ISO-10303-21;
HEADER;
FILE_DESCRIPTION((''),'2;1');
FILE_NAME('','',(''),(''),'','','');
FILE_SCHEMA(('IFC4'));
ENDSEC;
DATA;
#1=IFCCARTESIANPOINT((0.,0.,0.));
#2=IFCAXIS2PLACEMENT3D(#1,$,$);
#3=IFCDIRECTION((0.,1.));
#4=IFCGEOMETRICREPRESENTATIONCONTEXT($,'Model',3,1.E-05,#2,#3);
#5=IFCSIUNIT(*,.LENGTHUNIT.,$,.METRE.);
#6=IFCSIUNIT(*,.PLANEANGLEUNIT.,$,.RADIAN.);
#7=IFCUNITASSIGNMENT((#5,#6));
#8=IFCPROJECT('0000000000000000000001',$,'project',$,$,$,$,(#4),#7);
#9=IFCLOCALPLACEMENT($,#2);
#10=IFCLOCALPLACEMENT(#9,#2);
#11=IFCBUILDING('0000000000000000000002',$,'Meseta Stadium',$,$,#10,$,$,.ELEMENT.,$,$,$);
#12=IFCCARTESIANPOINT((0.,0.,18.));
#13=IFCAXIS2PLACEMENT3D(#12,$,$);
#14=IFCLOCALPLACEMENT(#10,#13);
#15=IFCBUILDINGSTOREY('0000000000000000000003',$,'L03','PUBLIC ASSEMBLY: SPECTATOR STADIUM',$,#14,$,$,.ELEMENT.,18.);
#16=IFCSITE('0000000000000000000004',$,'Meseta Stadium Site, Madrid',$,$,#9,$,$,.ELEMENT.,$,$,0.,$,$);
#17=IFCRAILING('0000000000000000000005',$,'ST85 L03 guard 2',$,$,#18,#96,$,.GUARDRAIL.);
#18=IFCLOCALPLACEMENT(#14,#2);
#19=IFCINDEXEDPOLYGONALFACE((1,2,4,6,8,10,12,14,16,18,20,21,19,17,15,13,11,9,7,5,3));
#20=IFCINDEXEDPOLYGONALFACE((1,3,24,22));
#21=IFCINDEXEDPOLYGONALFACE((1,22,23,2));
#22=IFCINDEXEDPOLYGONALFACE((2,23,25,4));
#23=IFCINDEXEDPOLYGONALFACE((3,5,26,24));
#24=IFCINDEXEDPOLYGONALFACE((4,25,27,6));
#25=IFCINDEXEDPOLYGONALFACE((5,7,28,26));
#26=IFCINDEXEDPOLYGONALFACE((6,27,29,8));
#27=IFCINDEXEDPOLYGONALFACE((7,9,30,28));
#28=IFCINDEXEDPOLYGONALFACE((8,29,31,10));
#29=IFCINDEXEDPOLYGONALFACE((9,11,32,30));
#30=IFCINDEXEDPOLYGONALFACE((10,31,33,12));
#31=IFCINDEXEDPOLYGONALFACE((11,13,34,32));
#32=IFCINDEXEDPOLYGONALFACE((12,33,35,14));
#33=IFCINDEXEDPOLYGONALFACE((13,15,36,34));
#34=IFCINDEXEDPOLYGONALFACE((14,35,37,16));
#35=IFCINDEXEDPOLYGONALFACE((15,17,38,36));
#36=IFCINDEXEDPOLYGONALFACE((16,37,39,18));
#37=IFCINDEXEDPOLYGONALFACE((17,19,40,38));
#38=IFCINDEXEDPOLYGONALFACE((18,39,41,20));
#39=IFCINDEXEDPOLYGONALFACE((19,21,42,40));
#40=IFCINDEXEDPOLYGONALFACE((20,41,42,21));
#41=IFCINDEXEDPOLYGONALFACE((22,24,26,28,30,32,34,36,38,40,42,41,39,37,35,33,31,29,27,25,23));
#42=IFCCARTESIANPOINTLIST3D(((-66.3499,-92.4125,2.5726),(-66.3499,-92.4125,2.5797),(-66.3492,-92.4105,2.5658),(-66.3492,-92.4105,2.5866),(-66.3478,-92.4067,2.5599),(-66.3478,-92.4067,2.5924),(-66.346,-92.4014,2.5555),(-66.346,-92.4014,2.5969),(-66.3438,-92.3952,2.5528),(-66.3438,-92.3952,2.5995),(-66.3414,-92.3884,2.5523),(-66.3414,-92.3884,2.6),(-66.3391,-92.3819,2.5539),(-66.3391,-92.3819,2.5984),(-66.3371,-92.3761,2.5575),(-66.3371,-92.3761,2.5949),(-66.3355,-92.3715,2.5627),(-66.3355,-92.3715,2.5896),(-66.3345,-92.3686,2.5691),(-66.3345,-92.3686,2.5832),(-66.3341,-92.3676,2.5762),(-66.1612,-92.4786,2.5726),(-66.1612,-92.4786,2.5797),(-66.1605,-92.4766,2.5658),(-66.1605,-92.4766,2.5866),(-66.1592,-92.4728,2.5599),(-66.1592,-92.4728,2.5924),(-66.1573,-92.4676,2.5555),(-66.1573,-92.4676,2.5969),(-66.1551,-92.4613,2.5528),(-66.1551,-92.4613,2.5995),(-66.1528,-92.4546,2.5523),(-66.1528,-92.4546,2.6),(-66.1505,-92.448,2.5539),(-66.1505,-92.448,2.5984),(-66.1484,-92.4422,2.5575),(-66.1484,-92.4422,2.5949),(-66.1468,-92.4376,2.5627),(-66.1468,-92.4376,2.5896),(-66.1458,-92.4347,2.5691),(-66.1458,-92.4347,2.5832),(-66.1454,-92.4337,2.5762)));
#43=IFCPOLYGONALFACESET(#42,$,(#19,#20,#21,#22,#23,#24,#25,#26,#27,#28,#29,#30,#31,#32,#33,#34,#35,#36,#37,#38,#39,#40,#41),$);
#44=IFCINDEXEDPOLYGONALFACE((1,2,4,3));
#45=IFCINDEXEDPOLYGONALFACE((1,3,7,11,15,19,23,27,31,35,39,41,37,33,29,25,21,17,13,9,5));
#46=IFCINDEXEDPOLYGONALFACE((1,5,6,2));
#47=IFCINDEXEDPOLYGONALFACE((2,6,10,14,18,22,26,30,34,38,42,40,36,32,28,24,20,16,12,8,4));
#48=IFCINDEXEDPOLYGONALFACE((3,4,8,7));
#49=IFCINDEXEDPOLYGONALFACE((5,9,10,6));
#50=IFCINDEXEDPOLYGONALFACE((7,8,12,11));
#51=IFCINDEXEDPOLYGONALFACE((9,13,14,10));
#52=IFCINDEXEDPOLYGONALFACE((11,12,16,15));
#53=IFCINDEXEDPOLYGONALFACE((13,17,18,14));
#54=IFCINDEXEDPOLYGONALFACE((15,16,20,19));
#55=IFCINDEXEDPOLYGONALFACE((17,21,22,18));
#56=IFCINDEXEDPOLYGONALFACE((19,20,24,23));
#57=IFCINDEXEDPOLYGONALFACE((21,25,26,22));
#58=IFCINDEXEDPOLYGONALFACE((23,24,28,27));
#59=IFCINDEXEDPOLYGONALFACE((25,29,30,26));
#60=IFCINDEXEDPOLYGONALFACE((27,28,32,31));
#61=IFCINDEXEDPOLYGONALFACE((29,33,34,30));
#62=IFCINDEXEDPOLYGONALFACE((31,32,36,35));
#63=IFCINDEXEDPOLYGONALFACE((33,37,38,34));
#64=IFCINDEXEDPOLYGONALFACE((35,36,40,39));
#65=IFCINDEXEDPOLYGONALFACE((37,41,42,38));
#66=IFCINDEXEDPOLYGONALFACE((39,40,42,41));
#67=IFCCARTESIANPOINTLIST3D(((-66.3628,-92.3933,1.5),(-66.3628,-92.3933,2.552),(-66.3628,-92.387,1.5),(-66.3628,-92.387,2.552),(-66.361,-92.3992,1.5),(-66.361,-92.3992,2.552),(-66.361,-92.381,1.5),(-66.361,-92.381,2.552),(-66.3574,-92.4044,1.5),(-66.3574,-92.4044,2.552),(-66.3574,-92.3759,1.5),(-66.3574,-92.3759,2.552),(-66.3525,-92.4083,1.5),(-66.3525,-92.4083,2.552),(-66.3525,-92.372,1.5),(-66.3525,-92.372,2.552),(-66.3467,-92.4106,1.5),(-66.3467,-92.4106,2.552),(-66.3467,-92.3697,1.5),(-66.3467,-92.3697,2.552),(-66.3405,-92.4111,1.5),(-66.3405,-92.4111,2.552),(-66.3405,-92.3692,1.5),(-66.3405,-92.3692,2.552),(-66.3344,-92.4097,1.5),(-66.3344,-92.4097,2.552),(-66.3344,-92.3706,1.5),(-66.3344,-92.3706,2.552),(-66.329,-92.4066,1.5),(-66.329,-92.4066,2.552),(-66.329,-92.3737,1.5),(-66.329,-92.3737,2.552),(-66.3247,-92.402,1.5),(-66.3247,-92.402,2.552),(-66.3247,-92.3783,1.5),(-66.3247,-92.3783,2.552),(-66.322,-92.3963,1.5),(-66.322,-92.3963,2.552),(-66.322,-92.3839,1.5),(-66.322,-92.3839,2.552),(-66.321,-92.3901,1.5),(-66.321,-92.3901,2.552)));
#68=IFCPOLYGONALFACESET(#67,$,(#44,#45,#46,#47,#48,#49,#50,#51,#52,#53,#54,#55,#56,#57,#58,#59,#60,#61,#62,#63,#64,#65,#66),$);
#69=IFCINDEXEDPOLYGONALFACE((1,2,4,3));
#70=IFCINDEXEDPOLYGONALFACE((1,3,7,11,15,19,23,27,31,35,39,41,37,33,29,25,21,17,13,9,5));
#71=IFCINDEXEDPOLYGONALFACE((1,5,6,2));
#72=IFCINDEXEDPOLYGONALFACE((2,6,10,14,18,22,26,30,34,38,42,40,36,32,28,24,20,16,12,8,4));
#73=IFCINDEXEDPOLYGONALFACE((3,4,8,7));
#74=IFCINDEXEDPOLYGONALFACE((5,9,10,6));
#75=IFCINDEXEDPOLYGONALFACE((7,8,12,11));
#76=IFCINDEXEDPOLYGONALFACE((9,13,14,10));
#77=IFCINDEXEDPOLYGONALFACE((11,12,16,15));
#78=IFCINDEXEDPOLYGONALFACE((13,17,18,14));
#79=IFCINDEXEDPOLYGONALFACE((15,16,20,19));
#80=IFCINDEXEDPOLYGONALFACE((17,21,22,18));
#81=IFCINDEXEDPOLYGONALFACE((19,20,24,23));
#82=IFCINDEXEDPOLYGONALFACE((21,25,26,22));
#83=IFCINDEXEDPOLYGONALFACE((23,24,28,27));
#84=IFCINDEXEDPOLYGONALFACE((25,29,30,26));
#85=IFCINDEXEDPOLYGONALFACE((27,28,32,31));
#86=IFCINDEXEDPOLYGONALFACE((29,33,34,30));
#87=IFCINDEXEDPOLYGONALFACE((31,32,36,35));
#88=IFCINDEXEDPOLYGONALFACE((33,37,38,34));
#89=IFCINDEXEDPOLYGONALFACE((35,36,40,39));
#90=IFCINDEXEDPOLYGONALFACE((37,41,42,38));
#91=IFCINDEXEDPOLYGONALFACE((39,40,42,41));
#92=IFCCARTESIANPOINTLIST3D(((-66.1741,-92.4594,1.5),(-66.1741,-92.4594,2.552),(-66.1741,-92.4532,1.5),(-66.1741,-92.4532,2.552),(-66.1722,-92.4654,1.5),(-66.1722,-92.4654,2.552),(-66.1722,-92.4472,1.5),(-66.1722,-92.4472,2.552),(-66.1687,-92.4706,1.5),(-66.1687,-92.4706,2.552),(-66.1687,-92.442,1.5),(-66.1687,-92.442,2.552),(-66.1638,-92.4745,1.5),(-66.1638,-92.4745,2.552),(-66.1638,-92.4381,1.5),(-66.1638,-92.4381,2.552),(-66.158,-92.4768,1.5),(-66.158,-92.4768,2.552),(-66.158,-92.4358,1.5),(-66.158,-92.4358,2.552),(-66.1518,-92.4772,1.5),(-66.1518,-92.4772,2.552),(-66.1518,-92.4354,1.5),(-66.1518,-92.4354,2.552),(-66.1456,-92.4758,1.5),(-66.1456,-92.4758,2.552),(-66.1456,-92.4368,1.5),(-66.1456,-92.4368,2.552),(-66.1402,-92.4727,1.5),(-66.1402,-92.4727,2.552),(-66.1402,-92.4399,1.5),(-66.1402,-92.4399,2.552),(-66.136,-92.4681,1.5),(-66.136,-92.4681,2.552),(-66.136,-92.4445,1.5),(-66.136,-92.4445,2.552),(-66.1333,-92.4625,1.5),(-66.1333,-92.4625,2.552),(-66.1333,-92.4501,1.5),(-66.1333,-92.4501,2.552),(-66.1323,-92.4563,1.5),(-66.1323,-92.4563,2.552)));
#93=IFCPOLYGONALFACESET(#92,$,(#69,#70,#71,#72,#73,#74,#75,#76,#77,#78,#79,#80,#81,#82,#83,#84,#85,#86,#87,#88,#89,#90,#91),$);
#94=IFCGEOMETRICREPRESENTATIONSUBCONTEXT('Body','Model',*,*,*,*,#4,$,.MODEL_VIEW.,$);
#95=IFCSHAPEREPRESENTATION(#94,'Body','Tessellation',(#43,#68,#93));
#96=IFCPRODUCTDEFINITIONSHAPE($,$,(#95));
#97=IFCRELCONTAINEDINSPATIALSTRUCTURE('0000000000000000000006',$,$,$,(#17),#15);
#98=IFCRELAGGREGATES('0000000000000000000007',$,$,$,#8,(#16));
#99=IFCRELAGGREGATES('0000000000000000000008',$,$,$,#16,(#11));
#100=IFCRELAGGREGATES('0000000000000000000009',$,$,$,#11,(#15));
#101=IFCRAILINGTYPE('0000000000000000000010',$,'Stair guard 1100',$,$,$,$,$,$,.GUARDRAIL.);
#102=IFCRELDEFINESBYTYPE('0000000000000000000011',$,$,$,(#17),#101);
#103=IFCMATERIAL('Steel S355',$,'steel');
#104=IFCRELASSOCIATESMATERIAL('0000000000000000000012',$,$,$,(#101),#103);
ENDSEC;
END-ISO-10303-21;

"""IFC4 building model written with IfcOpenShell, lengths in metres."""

from ifc_helpers import new_model, si_unit, direction, frame, origin, origin_2d, place, context, subcontext, project, spatial, circle, extrude, material, type_object, element, save


model = new_model("IFC4")

# Units and contexts
model_context = context("Model", 3, precision=1e-05, world=origin(), true_north=direction((0.0, 1.0)))
body_context = subcontext(model_context, "Body", "Model", "MODEL_VIEW")
ifc_project = project(units=[si_unit("LENGTHUNIT", "METRE"), si_unit("PLANEANGLEUNIT", "RADIAN")], contexts=[model_context])

# Site, building, storey
site_placement = place(None, origin())
site = spatial("IfcSite", under=ifc_project, at=site_placement, Name="Meseta Stadium Site, Madrid", CompositionType="ELEMENT", RefElevation=0.0)
building_placement = place(site_placement, origin())
building = spatial("IfcBuilding", under=site, at=building_placement, Name="Meseta Stadium", CompositionType="ELEMENT")
storey_placement = place(building_placement, frame((0.0, 0.0, 18.0)))
storey = spatial("IfcBuildingStorey", under=building, at=storey_placement, Name="L03", Description="PUBLIC ASSEMBLY: SPECTATOR STADIUM", CompositionType="ELEMENT", Elevation=18.0)

# Railing
ifc_material_1 = material(Name="Steel S355", Category="steel")
railing_type_1 = type_object("IfcRailingType", Name="Stair guard 1100", PredefinedType="GUARDRAIL", material=ifc_material_1)
railing_1_placement = place(storey_placement, frame((-66.342, -92.3901, 1.5)))
element("IfcRailing", 1, at=railing_1_placement, inside=storey, type_object=railing_type_1, Name="ST85 L03 guard 2", PredefinedType="GUARDRAIL", context=body_context, shape_type="SweptSolid", body=[
    extrude(circle(Radius=0.0239, at=origin_2d()), frame((0.0, 0.0, 1.0762), z_axis=(0.943687, -0.33084, 0.0), x_axis=(0.33084, 0.943687, 0.0)), (0.0, 0.0, 1.0), 0.2),
    extrude(circle(Radius=0.021, at=origin_2d()), origin(), (0.0, 0.0, 1.0), 1.052),
    extrude(circle(Radius=0.021, at=origin_2d()), frame((0.1887, -0.0662, 0.0)), (0.0, 0.0, 1.0), 1.052),
])

save(model, "model.ifc")
